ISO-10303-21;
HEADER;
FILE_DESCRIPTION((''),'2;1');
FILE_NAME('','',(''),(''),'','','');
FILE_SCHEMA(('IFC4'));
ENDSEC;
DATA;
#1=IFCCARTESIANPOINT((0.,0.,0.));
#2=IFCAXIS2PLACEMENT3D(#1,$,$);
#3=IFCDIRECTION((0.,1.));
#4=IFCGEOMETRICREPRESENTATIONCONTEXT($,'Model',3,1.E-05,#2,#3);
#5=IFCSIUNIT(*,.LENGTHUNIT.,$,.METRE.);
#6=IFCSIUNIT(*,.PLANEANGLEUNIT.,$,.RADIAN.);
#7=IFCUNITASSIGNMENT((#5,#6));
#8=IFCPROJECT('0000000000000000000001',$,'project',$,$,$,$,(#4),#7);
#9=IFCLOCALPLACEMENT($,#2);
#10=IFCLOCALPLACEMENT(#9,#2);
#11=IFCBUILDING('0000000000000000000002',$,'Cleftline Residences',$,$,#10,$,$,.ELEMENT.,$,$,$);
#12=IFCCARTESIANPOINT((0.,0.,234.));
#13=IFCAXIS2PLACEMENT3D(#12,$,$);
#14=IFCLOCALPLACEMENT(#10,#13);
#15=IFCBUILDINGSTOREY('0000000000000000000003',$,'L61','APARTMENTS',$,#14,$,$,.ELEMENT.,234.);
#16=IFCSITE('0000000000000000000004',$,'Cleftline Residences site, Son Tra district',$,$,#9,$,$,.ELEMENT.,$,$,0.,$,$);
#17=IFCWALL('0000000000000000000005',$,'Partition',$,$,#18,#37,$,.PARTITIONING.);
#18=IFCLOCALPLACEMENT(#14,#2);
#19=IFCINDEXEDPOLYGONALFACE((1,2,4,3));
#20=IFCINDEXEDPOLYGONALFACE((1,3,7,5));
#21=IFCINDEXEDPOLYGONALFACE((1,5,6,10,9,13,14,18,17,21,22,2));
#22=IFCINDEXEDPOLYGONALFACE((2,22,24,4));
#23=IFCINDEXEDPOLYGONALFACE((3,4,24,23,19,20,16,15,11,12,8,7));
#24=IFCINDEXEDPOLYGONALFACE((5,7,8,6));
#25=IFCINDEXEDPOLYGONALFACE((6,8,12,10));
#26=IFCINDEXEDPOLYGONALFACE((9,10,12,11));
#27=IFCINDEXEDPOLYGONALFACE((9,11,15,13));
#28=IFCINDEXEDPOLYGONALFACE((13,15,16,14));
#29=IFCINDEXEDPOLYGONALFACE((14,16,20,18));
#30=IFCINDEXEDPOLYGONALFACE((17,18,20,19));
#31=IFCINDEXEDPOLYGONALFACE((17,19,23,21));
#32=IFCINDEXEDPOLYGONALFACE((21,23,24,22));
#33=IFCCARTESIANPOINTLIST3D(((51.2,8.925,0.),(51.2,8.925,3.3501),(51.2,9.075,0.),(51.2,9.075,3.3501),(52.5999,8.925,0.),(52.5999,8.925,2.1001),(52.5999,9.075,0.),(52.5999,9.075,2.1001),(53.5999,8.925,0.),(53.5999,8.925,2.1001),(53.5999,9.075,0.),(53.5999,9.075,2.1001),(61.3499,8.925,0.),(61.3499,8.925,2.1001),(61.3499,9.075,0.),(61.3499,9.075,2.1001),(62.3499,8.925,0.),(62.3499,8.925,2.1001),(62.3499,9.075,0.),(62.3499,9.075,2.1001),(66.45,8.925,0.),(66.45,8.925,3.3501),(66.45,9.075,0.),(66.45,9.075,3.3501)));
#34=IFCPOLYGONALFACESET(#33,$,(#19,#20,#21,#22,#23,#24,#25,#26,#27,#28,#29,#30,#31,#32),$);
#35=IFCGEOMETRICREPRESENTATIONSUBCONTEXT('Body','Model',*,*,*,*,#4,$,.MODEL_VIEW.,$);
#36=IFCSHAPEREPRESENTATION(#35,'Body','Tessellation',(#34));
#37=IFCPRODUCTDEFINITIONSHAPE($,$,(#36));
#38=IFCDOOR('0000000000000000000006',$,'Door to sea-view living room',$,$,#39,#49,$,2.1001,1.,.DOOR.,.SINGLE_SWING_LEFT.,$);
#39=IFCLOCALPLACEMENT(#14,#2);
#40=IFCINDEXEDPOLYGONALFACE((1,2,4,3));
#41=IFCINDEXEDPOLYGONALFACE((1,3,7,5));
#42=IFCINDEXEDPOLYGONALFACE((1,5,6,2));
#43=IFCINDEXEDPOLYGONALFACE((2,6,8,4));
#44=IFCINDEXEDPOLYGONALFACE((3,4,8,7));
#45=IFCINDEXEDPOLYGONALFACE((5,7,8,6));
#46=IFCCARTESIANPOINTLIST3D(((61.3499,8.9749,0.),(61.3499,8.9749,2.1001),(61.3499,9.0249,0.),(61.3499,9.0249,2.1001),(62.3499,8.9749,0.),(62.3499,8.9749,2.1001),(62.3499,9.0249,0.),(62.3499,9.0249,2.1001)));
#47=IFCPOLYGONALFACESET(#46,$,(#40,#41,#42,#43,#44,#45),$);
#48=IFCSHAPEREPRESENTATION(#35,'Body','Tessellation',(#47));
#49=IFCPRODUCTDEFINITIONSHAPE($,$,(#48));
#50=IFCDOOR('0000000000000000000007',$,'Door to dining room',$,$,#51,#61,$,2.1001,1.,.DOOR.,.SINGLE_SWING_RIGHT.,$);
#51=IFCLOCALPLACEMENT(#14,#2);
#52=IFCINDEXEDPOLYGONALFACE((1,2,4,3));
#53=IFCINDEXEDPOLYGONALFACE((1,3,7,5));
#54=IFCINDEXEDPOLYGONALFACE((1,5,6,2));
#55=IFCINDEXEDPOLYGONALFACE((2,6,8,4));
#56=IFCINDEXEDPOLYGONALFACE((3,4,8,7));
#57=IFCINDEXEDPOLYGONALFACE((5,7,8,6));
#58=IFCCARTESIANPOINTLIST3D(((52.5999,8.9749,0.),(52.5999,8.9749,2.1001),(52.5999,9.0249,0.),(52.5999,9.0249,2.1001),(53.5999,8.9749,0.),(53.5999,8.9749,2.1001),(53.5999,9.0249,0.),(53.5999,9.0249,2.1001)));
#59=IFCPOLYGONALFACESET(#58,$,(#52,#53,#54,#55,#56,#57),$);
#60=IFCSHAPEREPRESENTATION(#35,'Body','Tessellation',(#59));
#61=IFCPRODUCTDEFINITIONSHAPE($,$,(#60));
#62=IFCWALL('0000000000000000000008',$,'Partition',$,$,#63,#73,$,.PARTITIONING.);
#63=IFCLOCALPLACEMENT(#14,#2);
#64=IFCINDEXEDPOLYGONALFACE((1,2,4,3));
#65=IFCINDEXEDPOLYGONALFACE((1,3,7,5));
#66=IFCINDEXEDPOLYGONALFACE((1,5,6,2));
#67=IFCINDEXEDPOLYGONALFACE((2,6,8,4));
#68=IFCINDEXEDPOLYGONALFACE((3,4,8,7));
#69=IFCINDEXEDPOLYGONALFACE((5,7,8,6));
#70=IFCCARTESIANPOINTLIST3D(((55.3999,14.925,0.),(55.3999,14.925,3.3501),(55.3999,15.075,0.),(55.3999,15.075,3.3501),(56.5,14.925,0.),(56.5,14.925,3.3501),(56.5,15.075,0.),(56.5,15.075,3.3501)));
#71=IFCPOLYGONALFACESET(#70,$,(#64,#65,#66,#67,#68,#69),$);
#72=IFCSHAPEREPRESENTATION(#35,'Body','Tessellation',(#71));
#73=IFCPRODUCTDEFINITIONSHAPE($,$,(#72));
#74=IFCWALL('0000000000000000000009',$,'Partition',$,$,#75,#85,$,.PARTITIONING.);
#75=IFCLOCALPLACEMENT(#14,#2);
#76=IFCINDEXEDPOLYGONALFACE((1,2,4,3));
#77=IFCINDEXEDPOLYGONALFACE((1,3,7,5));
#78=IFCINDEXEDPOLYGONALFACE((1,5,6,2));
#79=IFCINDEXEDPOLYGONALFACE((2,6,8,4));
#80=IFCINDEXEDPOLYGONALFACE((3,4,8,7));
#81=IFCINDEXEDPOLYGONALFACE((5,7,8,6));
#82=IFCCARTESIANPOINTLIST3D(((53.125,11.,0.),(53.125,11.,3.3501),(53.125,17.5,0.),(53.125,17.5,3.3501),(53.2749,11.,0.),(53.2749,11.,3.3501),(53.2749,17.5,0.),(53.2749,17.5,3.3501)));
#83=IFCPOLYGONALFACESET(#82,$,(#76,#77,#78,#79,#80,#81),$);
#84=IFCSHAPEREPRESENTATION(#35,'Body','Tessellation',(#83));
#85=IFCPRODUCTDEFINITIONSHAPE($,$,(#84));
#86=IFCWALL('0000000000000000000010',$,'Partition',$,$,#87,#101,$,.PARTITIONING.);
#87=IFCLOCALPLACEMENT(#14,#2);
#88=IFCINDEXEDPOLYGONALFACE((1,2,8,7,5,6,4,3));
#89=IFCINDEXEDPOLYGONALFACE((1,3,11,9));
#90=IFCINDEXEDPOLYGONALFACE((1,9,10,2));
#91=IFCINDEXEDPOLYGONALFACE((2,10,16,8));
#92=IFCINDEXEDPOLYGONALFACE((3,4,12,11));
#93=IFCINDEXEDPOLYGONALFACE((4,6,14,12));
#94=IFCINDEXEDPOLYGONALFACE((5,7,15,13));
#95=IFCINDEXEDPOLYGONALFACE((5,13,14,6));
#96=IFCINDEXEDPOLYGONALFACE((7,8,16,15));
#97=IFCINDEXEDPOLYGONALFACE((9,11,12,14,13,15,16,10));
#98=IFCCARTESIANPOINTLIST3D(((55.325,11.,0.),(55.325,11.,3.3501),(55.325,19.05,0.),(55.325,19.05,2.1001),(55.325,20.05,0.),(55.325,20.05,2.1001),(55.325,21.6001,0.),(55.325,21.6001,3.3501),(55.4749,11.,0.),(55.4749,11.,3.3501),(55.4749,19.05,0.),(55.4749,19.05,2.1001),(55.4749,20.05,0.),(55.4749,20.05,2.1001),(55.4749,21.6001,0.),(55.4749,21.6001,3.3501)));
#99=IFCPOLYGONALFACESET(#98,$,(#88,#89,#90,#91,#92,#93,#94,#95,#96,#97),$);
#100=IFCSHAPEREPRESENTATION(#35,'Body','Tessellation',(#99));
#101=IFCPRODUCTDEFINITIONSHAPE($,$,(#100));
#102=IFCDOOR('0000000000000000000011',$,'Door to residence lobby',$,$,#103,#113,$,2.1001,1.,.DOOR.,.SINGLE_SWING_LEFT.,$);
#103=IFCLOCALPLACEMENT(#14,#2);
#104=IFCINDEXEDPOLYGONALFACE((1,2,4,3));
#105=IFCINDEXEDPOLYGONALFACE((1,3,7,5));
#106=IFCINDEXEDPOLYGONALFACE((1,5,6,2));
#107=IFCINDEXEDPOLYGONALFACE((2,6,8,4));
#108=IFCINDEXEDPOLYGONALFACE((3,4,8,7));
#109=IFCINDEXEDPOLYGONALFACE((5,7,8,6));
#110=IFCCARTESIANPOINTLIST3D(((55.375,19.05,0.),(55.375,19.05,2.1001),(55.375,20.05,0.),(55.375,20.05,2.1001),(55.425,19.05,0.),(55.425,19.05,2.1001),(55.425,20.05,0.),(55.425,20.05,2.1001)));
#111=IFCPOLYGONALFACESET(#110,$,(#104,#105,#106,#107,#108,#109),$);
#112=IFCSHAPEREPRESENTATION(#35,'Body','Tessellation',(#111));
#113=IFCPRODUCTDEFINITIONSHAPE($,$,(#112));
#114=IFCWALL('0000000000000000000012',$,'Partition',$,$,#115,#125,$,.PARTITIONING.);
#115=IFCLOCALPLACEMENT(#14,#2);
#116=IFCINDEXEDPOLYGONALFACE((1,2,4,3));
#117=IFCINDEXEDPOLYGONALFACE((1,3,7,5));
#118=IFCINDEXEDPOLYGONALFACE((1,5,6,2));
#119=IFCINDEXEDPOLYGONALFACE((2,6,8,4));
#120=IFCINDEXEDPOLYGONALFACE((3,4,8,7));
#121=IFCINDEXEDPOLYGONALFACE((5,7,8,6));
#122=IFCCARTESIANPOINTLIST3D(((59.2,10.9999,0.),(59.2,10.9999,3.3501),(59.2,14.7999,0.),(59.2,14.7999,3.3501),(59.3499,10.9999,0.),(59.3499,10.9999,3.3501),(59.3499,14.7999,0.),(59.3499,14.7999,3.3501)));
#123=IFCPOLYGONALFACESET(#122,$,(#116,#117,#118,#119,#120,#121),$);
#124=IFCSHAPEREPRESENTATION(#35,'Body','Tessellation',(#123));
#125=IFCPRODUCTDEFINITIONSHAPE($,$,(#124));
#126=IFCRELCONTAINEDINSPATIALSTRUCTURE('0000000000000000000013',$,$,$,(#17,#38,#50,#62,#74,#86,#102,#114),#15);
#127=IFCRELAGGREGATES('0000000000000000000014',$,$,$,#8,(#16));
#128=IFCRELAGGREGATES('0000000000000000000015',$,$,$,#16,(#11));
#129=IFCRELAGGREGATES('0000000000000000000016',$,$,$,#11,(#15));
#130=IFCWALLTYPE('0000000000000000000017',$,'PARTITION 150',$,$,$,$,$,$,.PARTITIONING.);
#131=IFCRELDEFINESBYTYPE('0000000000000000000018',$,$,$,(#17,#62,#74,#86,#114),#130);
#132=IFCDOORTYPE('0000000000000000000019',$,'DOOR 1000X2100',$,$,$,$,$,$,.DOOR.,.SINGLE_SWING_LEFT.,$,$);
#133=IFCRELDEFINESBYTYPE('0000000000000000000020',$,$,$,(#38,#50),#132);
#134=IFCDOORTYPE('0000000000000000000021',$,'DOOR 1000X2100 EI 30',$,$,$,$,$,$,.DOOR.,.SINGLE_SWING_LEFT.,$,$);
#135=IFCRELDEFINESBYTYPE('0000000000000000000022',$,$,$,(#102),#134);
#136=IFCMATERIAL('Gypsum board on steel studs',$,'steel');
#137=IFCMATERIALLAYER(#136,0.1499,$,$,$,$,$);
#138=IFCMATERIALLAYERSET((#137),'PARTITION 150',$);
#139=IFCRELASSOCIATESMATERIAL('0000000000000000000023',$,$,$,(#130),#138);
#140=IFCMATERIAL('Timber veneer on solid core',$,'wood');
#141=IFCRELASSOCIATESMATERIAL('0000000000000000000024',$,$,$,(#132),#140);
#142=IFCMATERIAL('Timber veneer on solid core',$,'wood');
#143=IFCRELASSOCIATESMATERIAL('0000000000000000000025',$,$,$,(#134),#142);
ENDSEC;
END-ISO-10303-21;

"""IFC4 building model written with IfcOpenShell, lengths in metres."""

from ifc_helpers import new_model, si_unit, direction, frame, frame_2d, origin, place, context, subcontext, project, spatial, rectangle, extrude, material, layer, layer_set, type_object, element, fill, save


model = new_model("IFC4")

# Units and contexts
model_context = context("Model", 3, precision=1e-05, world=origin(), true_north=direction((0.0, 1.0)))
body_context = subcontext(model_context, "Body", "Model", "MODEL_VIEW")
ifc_project = project(units=[si_unit("LENGTHUNIT", "METRE"), si_unit("PLANEANGLEUNIT", "RADIAN")], contexts=[model_context])

# Site, building, storey
site_placement = place(None, origin())
site = spatial("IfcSite", under=ifc_project, at=site_placement, Name="Cleftline Residences site, Son Tra district", CompositionType="ELEMENT", RefElevation=0.0)
building_placement = place(site_placement, origin())
building = spatial("IfcBuilding", under=site, at=building_placement, Name="Cleftline Residences", CompositionType="ELEMENT")
storey_placement = place(building_placement, frame((0.0, 0.0, 234.0)))
storey = spatial("IfcBuildingStorey", under=building, at=storey_placement, Name="L61", Description="APARTMENTS", CompositionType="ELEMENT", Elevation=234.0)

# Wall, openings, doors
ifc_material_1 = material(Name="Gypsum board on steel studs", Category="steel")
ifc_layer = layer(ifc_material_1, 0.1499)
ifc_layer_set = layer_set([ifc_layer], Name="PARTITION 150")
wall_type = type_object("IfcWallType", Name="PARTITION 150", PredefinedType="PARTITIONING", material=ifc_layer_set)
wall_1_placement = place(storey_placement, frame((51.2, 9.0, 0.0), z_axis=(0.0, 0.0, 1.0), x_axis=(1.0, 0.0, 0.0)))
wall_1 = element("IfcWall", 1, at=wall_1_placement, inside=storey, type_object=wall_type, Name="Partition", PredefinedType="PARTITIONING", context=body_context, shape_type="SweptSolid", body=[
    extrude(rectangle(XDim=15.25, YDim=0.1499, at=frame_2d((7.625, 0.0))), origin(), (0.0, 0.0, 1.0), 3.3501),
])
opening_1_placement = place(wall_1_placement, frame((10.1499, 0.0, 0.0)))
opening_1 = element("IfcOpeningElement", 2, at=opening_1_placement, cuts=wall_1, PredefinedType="OPENING", context=body_context, shape_type="SweptSolid", body=[
    extrude(rectangle(XDim=1.0, YDim=2.1001, at=frame_2d((0.5, 1.05))), frame((0.0, 0.085, 0.0), z_axis=(0.0, -1.0, 0.0), x_axis=(1.0, 0.0, 0.0)), (0.0, 0.0, 1.0), 0.1699),
])
opening_2_placement = place(wall_1_placement, frame((1.3999, 0.0, 0.0)))
opening_2 = element("IfcOpeningElement", 3, at=opening_2_placement, cuts=wall_1, PredefinedType="OPENING", context=body_context, shape_type="SweptSolid", body=[
    extrude(rectangle(XDim=1.0, YDim=2.1001, at=frame_2d((0.5, 1.05))), frame((0.0, 0.085, 0.0), z_axis=(0.0, -1.0, 0.0), x_axis=(1.0, 0.0, 0.0)), (0.0, 0.0, 1.0), 0.1699),
])
ifc_material_2 = material(Name="Timber veneer on solid core", Category="wood")
door_type_1 = type_object("IfcDoorType", Name="DOOR 1000X2100", OperationType="SINGLE_SWING_LEFT", PredefinedType="DOOR", material=ifc_material_2)
door_1_placement = place(opening_1_placement, origin())
door_1 = element("IfcDoor", 4, at=door_1_placement, inside=storey, type_object=door_type_1, Name="Door to sea-view living room", OperationType="SINGLE_SWING_LEFT", OverallHeight=2.1001, OverallWidth=1.0, PredefinedType="DOOR", context=body_context, shape_type="SweptSolid", body=[
    extrude(rectangle(XDim=1.0, YDim=2.1001, at=frame_2d((0.5, 1.05))), frame((0.0, 0.0249, 0.0), z_axis=(0.0, -1.0, 0.0), x_axis=(1.0, 0.0, 0.0)), (0.0, 0.0, 1.0), 0.05),
])
fill(opening_1, door_1)
door_2_placement = place(opening_2_placement, origin())
door_2 = element("IfcDoor", 5, at=door_2_placement, inside=storey, type_object=door_type_1, Name="Door to dining room", OperationType="SINGLE_SWING_RIGHT", OverallHeight=2.1001, OverallWidth=1.0, PredefinedType="DOOR", context=body_context, shape_type="SweptSolid", body=[
    extrude(rectangle(XDim=1.0, YDim=2.1001, at=frame_2d((0.5, 1.05))), frame((0.0, 0.0249, 0.0), z_axis=(0.0, -1.0, 0.0), x_axis=(1.0, 0.0, 0.0)), (0.0, 0.0, 1.0), 0.05),
])
fill(opening_2, door_2)

# Walls
wall_2_placement = place(storey_placement, frame((55.3999, 15.0, 0.0), z_axis=(0.0, 0.0, 1.0), x_axis=(1.0, 0.0, 0.0)))
element("IfcWall", 6, at=wall_2_placement, inside=storey, type_object=wall_type, Name="Partition", PredefinedType="PARTITIONING", context=body_context, shape_type="SweptSolid", body=[
    extrude(rectangle(XDim=1.1001, YDim=0.1499, at=frame_2d((0.55, 0.0))), origin(), (0.0, 0.0, 1.0), 3.3501),
])
wall_3_placement = place(storey_placement, frame((53.2, 11.0, 0.0), z_axis=(0.0, 0.0, 1.0), x_axis=(0.0, 1.0, 0.0)))
element("IfcWall", 7, at=wall_3_placement, inside=storey, type_object=wall_type, Name="Partition", PredefinedType="PARTITIONING", context=body_context, shape_type="SweptSolid", body=[
    extrude(rectangle(XDim=6.5, YDim=0.1499, at=frame_2d((3.25, 0.0))), origin(), (0.0, 0.0, 1.0), 3.3501),
])

# Wall, opening, door
wall_4_placement = place(storey_placement, frame((55.3999, 11.0, 0.0), z_axis=(0.0, 0.0, 1.0), x_axis=(0.0, 1.0, 0.0)))
wall_4 = element("IfcWall", 8, at=wall_4_placement, inside=storey, type_object=wall_type, Name="Partition", PredefinedType="PARTITIONING", context=body_context, shape_type="SweptSolid", body=[
    extrude(rectangle(XDim=10.6001, YDim=0.1499, at=frame_2d((5.3, 0.0))), origin(), (0.0, 0.0, 1.0), 3.3501),
])
opening_3_placement = place(wall_4_placement, frame((8.05, 0.0, 0.0)))
opening_3 = element("IfcOpeningElement", 9, at=opening_3_placement, cuts=wall_4, PredefinedType="OPENING", context=body_context, shape_type="SweptSolid", body=[
    extrude(rectangle(XDim=1.0, YDim=2.1001, at=frame_2d((0.5, 1.05))), frame((0.0, 0.085, 0.0), z_axis=(0.0, -1.0, 0.0), x_axis=(1.0, 0.0, 0.0)), (0.0, 0.0, 1.0), 0.1699),
])
ifc_material_3 = material(Name="Timber veneer on solid core", Category="wood")
door_type_2 = type_object("IfcDoorType", Name="DOOR 1000X2100 EI 30", OperationType="SINGLE_SWING_LEFT", PredefinedType="DOOR", material=ifc_material_3)
door_3_placement = place(opening_3_placement, origin())
door_3 = element("IfcDoor", 10, at=door_3_placement, inside=storey, type_object=door_type_2, Name="Door to residence lobby", OperationType="SINGLE_SWING_LEFT", OverallHeight=2.1001, OverallWidth=1.0, PredefinedType="DOOR", context=body_context, shape_type="SweptSolid", body=[
    extrude(rectangle(XDim=1.0, YDim=2.1001, at=frame_2d((0.5, 1.05))), frame((0.0, 0.0249, 0.0), z_axis=(0.0, -1.0, 0.0), x_axis=(1.0, 0.0, 0.0)), (0.0, 0.0, 1.0), 0.05),
])
fill(opening_3, door_3)

# Wall
wall_5_placement = place(storey_placement, frame((59.2749, 11.0, 0.0), z_axis=(0.0, 0.0, 1.0), x_axis=(0.0, 1.0, 0.0)))
element("IfcWall", 11, at=wall_5_placement, inside=storey, type_object=wall_type, Name="Partition", PredefinedType="PARTITIONING", context=body_context, shape_type="SweptSolid", body=[
    extrude(rectangle(XDim=3.8, YDim=0.1499, at=frame_2d((1.8999, 0.0))), origin(), (0.0, 0.0, 1.0), 3.3501),
])

save(model, "model.ifc")
